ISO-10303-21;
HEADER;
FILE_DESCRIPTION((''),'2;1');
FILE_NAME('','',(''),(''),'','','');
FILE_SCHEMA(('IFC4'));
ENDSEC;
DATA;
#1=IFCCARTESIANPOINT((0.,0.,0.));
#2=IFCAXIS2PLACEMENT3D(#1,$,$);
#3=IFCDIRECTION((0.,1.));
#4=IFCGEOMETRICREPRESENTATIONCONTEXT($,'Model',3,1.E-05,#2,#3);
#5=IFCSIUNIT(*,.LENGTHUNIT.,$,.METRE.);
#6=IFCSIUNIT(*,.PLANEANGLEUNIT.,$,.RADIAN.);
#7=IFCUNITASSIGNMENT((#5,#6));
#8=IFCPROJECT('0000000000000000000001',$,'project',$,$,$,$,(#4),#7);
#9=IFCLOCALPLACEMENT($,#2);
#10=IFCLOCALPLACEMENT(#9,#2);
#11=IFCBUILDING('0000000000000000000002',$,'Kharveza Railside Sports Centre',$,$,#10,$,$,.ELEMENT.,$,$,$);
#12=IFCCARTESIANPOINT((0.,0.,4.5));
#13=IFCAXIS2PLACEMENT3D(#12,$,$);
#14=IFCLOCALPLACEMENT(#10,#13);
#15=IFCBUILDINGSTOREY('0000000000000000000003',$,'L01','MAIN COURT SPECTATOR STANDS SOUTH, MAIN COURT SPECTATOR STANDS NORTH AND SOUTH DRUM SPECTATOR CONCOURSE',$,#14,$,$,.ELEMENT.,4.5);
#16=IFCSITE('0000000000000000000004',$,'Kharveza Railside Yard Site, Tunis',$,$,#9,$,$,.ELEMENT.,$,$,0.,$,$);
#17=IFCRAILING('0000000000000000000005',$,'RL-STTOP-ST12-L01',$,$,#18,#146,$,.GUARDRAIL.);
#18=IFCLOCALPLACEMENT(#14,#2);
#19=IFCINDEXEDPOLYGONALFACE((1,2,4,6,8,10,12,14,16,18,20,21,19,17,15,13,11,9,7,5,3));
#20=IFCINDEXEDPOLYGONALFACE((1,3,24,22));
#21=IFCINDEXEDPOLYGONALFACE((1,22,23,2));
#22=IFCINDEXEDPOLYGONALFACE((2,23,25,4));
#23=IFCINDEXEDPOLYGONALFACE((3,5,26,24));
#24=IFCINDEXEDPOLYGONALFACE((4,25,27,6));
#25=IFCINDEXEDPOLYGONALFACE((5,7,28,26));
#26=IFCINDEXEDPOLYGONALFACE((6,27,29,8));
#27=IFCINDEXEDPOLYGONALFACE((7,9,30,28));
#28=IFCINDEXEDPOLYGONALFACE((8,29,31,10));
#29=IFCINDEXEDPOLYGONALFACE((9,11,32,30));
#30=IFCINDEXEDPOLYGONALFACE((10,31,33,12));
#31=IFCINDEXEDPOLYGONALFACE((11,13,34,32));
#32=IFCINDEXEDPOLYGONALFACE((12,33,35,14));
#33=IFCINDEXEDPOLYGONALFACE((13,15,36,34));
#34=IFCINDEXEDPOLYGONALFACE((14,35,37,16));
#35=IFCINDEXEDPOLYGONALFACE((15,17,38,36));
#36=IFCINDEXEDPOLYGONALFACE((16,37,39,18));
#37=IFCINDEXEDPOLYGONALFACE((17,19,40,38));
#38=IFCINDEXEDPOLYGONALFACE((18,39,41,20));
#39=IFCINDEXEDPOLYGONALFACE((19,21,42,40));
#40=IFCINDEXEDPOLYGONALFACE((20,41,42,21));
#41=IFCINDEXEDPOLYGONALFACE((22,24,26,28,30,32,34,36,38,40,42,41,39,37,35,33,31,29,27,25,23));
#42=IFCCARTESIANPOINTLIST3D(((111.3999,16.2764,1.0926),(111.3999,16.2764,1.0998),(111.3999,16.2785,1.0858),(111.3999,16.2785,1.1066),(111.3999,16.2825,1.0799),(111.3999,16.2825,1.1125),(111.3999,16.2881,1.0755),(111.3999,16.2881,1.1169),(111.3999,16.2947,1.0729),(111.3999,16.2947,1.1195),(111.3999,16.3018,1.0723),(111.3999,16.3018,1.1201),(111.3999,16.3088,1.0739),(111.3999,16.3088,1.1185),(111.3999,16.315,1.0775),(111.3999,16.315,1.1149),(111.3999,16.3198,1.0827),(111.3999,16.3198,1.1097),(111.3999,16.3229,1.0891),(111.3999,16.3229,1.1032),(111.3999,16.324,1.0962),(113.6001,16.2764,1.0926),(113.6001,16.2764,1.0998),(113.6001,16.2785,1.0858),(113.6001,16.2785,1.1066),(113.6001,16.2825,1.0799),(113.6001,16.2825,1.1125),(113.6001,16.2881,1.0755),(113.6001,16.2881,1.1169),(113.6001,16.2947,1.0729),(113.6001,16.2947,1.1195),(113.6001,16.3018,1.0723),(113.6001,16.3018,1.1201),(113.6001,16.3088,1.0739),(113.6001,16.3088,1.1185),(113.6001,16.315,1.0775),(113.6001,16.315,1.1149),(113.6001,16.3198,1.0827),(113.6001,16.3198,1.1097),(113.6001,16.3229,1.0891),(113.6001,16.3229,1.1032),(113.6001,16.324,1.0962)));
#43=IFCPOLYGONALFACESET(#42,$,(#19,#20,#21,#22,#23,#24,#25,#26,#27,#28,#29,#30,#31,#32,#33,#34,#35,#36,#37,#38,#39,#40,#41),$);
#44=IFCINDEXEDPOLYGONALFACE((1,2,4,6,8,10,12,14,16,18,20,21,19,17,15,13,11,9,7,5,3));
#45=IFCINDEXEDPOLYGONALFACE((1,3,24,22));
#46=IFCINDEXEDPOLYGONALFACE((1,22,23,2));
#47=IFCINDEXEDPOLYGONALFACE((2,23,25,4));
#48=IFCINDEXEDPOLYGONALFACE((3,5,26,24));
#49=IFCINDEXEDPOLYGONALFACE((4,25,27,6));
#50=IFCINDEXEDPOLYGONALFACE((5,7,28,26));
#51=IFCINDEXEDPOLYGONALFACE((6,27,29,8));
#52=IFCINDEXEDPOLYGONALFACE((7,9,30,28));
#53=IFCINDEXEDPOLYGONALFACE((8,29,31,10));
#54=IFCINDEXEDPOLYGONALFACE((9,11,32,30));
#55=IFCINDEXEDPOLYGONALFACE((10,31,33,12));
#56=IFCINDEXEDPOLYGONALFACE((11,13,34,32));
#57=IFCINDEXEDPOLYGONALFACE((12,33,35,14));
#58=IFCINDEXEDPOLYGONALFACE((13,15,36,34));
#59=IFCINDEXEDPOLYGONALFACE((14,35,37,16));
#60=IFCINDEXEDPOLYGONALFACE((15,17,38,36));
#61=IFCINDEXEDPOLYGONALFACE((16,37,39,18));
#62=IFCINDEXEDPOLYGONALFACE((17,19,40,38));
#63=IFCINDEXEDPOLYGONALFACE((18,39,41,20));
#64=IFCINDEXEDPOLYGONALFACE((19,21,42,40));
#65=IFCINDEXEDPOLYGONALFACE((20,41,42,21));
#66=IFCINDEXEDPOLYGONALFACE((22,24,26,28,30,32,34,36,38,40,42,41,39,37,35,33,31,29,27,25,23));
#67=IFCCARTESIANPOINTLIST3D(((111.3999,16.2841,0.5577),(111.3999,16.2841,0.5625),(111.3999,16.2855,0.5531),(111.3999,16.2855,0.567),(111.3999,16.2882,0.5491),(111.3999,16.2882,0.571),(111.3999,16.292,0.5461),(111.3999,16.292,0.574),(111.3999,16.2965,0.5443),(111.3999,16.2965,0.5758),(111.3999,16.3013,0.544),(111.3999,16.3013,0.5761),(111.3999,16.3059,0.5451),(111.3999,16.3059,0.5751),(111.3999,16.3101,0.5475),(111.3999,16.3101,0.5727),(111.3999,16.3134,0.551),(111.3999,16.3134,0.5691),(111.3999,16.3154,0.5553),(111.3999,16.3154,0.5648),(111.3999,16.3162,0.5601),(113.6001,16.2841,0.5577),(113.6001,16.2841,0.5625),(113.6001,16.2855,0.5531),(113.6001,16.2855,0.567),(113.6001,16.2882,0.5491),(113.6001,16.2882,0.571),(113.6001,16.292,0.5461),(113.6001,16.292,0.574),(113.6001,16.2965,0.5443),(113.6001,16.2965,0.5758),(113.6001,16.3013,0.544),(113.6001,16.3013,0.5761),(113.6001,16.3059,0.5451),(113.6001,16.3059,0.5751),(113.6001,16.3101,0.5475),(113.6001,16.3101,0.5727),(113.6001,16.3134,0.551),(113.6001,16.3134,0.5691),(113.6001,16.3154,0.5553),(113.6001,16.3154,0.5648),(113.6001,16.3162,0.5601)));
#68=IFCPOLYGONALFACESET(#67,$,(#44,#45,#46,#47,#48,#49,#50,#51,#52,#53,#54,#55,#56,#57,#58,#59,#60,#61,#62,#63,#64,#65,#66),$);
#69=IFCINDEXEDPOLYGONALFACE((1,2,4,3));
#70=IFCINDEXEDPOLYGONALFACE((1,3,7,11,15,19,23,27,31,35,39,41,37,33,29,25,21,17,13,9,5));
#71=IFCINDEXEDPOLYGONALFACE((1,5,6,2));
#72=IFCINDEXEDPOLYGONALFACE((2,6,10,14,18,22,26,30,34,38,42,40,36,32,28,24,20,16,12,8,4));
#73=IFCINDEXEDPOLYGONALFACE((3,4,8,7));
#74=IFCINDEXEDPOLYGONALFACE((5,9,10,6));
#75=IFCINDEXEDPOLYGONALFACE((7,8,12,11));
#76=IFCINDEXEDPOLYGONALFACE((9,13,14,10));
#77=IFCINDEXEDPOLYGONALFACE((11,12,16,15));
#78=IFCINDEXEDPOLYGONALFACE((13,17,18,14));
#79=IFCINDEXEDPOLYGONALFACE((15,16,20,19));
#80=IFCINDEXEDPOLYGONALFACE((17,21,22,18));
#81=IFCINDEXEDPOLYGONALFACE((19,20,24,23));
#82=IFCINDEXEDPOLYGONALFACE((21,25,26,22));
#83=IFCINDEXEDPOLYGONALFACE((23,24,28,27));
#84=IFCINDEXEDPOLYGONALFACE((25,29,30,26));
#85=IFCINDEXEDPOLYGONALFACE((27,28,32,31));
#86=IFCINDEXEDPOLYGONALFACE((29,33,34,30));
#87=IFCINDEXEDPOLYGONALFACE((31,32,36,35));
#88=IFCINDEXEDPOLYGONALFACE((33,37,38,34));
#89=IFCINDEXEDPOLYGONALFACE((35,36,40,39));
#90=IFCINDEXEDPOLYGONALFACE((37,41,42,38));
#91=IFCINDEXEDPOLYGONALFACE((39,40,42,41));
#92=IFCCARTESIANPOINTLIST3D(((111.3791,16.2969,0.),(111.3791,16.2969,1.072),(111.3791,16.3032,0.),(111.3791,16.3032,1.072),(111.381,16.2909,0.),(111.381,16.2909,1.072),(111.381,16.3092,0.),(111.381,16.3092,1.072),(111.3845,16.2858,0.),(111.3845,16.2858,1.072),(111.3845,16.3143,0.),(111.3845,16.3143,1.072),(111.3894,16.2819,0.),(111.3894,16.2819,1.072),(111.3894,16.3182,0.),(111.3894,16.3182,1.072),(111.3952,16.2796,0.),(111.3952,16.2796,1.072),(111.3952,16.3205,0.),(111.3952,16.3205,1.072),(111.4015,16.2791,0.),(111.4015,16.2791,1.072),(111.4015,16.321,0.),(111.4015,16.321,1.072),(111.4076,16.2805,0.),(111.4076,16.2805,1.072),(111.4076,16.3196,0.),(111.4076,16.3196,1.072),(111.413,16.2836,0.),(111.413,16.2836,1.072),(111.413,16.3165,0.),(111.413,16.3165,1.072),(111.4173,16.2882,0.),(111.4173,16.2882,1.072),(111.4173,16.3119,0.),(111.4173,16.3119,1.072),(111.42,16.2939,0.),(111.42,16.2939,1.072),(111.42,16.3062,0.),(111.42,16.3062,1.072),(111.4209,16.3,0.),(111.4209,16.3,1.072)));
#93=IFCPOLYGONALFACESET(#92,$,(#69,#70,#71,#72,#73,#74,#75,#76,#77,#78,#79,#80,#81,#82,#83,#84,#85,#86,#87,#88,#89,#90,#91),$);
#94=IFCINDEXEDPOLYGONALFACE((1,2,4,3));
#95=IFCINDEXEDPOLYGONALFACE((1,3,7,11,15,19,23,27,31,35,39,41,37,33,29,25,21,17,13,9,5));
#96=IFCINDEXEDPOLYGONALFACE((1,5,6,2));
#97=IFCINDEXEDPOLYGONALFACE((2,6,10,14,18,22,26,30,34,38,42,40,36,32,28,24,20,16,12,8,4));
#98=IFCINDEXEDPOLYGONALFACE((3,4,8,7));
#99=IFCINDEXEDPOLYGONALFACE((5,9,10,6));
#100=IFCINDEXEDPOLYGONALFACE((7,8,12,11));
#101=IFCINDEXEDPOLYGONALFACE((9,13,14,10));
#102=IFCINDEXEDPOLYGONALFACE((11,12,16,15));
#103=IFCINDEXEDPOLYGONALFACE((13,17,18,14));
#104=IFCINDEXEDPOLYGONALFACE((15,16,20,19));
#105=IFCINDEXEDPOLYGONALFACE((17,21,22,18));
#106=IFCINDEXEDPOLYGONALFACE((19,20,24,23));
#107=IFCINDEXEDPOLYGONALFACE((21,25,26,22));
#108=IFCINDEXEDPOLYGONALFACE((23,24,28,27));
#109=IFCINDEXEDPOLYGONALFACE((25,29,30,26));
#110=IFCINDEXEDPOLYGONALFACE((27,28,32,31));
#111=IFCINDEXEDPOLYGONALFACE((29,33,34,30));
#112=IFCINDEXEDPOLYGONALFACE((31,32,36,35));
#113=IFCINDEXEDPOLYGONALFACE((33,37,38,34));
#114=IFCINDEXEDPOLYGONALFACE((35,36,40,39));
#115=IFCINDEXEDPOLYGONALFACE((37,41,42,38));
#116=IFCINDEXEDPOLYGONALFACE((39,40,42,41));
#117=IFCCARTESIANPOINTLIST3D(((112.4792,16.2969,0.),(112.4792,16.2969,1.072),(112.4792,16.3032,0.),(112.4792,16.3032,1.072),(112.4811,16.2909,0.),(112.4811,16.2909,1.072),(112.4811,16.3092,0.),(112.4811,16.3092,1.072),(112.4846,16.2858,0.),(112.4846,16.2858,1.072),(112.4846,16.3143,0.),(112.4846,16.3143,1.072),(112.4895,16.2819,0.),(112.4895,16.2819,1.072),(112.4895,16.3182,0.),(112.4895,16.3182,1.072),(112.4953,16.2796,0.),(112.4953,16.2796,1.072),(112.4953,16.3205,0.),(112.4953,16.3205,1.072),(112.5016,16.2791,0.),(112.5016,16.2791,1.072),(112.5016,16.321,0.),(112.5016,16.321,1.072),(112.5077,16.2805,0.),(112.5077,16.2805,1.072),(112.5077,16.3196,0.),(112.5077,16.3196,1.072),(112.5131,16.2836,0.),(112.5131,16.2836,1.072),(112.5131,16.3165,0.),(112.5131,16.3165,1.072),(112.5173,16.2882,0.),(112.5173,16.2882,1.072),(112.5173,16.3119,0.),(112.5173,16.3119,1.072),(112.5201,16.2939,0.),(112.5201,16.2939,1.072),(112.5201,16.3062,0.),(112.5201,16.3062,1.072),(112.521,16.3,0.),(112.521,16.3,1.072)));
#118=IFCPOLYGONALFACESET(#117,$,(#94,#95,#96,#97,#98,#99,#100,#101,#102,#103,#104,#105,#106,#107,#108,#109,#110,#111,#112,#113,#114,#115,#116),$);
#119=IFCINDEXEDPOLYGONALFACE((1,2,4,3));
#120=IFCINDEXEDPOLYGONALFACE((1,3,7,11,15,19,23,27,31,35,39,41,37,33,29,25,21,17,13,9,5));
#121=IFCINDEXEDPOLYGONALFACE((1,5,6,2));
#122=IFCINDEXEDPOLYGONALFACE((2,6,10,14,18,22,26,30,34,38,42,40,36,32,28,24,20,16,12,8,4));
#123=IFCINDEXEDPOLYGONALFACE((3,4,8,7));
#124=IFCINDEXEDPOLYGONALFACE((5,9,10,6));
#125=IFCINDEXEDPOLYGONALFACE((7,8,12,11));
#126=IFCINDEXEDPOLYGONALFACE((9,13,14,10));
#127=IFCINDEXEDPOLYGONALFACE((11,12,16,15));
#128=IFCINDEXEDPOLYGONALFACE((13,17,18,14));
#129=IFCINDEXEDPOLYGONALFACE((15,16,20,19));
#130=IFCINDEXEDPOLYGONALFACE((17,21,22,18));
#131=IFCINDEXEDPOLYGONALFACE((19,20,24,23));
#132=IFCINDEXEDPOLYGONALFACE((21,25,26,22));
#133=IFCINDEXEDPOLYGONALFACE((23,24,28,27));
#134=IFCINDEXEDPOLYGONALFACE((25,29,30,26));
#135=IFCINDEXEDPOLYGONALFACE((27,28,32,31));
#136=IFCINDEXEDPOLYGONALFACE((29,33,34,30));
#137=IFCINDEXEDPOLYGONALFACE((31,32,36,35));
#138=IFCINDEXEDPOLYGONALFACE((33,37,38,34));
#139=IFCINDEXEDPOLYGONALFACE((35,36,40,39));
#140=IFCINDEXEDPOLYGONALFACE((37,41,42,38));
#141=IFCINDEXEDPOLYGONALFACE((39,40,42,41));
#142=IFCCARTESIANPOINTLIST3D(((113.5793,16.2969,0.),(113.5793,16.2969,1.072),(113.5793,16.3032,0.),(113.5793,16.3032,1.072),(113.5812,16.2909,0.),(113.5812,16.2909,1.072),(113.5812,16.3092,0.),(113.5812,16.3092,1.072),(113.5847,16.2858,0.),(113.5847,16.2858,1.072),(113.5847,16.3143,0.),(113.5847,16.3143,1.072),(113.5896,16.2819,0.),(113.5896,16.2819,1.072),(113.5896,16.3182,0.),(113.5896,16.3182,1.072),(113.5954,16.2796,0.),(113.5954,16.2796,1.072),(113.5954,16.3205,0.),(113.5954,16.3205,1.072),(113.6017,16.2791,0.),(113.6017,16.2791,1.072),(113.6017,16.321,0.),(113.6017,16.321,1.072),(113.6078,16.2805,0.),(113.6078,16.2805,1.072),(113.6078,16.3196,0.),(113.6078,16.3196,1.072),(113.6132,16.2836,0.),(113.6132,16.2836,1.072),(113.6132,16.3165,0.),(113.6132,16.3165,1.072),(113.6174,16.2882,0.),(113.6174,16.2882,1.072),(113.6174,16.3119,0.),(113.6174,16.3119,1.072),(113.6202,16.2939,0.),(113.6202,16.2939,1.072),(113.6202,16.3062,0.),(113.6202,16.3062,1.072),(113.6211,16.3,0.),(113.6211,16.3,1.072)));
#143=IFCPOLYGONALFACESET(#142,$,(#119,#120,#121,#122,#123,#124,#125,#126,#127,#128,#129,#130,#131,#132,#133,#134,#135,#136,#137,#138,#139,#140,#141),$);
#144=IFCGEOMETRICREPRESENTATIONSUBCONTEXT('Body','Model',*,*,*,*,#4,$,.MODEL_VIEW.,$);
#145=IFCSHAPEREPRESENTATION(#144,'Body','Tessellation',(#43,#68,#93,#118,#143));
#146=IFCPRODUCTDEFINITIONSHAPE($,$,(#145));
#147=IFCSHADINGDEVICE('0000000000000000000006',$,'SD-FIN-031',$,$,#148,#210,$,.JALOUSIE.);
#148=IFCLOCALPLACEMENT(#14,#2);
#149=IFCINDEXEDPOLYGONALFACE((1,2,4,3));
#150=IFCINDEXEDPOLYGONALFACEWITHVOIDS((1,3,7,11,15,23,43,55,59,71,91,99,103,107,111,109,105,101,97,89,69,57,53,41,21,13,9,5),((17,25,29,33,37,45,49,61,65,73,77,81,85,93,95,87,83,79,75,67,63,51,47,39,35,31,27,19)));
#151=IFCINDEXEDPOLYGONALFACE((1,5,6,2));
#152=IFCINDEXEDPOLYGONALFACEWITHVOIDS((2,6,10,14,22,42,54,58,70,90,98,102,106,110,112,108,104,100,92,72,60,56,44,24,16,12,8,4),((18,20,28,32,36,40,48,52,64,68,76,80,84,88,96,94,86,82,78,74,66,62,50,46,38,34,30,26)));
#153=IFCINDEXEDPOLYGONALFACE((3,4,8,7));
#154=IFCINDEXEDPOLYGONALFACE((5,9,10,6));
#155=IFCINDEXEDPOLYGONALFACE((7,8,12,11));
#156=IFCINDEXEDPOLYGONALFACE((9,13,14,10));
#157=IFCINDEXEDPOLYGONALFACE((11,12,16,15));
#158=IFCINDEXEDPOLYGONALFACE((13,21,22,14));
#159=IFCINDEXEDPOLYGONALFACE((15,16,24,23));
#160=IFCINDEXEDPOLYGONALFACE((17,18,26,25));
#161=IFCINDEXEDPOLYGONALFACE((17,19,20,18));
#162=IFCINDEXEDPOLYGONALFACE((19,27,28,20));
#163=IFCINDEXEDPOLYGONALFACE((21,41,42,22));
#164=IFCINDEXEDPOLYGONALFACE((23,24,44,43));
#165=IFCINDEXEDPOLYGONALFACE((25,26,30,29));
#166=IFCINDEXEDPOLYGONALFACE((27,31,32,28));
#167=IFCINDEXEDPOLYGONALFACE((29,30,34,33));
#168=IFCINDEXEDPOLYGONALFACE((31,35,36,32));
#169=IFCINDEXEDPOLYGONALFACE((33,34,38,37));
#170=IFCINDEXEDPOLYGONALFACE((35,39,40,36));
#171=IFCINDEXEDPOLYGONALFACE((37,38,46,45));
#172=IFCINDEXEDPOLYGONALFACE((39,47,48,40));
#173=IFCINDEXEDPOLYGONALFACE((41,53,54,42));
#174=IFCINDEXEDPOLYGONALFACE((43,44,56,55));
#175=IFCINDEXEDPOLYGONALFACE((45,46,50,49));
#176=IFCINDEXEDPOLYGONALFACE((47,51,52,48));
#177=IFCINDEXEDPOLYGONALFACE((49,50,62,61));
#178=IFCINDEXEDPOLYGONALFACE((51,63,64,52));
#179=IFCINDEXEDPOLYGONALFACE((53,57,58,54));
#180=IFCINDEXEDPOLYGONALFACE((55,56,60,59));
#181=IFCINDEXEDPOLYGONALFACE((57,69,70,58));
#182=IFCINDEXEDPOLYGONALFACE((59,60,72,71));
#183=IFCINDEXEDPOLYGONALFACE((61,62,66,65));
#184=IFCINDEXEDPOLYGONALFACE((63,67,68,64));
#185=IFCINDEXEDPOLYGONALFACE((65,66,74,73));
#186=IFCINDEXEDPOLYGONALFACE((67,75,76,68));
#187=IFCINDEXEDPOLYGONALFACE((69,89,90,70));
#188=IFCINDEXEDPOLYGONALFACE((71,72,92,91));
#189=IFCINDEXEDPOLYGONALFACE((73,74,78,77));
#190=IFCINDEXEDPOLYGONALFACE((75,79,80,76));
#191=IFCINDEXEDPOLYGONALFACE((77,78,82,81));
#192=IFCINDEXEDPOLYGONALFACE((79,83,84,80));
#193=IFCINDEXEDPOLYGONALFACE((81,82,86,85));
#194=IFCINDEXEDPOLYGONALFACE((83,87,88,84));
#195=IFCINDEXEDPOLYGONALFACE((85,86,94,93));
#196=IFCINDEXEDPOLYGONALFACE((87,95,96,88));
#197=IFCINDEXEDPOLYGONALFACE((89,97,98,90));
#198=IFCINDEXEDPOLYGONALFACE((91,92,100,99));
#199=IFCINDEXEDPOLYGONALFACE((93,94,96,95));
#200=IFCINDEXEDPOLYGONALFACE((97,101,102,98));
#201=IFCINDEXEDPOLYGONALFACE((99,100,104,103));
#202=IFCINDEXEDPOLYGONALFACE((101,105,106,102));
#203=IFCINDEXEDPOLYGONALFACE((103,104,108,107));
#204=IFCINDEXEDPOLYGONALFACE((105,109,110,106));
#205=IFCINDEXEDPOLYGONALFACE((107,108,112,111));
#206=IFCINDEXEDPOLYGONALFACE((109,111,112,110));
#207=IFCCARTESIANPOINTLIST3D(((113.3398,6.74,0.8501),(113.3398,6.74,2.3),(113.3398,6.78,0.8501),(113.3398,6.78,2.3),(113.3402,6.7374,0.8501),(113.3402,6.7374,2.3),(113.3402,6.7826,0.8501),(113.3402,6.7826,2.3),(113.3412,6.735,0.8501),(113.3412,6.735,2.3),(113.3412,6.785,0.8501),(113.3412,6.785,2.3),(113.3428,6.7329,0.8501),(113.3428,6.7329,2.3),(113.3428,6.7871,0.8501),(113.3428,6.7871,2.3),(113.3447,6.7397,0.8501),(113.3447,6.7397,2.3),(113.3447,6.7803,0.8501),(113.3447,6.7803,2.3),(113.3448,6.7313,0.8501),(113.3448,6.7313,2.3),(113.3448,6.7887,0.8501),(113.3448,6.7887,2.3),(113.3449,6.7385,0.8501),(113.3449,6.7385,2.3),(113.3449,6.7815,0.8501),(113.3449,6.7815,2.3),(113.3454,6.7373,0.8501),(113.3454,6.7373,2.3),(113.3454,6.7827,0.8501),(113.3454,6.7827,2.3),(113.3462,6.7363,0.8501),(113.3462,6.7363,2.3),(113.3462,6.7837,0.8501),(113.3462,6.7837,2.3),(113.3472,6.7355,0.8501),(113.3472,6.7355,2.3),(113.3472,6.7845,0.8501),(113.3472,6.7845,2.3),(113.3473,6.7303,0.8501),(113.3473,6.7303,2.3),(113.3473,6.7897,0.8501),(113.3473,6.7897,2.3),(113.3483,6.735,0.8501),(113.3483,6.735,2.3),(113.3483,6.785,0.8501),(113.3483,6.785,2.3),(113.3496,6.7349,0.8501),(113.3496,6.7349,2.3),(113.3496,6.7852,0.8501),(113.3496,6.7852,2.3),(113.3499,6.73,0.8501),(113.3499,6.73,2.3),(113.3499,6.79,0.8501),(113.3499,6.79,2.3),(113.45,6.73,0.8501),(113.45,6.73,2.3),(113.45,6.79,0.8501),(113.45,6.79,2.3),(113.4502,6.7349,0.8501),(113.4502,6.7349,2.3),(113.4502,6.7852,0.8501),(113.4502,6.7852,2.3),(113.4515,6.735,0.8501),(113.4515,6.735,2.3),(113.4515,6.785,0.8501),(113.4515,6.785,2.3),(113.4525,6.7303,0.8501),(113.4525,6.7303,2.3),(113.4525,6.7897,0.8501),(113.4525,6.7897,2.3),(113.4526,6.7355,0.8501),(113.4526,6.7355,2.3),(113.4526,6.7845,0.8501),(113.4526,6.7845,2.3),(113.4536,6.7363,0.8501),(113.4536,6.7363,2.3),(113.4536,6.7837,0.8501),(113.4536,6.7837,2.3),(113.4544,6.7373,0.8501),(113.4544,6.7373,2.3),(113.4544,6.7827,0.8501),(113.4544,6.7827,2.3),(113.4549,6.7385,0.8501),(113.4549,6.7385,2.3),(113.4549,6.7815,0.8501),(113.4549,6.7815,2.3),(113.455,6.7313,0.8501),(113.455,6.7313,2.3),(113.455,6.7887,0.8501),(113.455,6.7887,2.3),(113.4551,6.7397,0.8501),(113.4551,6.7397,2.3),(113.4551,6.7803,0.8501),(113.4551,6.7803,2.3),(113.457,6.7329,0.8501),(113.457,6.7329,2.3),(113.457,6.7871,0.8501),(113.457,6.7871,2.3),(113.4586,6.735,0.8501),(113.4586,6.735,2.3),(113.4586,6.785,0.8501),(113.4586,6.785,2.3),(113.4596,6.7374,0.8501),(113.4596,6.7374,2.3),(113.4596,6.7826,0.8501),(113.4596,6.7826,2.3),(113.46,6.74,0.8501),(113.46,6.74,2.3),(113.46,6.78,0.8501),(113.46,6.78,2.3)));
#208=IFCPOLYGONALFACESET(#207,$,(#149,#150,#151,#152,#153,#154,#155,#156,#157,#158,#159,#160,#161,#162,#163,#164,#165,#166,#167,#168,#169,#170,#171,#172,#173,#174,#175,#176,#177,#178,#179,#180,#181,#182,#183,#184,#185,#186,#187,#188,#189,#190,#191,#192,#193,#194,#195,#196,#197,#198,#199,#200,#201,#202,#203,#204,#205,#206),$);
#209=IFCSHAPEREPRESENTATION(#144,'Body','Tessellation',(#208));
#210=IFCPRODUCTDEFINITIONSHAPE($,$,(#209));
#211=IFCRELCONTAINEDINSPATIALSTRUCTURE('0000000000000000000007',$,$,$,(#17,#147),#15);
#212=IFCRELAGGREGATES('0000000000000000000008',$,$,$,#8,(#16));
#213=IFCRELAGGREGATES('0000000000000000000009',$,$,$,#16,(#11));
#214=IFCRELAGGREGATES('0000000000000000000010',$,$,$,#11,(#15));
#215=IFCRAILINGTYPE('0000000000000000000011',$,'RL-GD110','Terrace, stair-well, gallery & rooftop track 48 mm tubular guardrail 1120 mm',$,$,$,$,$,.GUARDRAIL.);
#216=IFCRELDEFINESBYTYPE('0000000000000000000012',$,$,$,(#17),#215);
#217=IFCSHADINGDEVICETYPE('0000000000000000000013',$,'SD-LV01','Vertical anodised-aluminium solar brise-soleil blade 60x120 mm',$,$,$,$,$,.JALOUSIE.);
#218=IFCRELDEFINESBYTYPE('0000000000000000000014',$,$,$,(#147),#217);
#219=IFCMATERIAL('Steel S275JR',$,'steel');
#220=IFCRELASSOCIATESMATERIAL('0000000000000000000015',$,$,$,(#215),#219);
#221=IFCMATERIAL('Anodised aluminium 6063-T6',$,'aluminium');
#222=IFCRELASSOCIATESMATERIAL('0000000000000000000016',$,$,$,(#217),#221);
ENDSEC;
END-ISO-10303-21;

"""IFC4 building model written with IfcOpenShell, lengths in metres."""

from ifc_helpers import new_model, si_unit, direction, frame, origin, origin_2d, place, context, subcontext, project, spatial, hollow_rectangle, circle, extrude, material, material_profile, profile_set, type_object, element, save


model = new_model("IFC4")

# Units and contexts
model_context = context("Model", 3, precision=1e-05, world=origin(), true_north=direction((0.0, 1.0)))
body_context = subcontext(model_context, "Body", "Model", "MODEL_VIEW")
ifc_project = project(units=[si_unit("LENGTHUNIT", "METRE"), si_unit("PLANEANGLEUNIT", "RADIAN")], contexts=[model_context])

# Site, building, storey
site_placement = place(None, origin())
site = spatial("IfcSite", under=ifc_project, at=site_placement, Name="Kharveza Railside Yard Site, Tunis", CompositionType="ELEMENT", RefElevation=0.0)
building_placement = place(site_placement, origin())
building = spatial("IfcBuilding", under=site, at=building_placement, Name="Kharveza Railside Sports Centre", CompositionType="ELEMENT")
storey_placement = place(building_placement, frame((0.0, 0.0, 4.5)))
storey = spatial("IfcBuildingStorey", under=building, at=storey_placement, Name="L01", Description="MAIN COURT SPECTATOR STANDS SOUTH, MAIN COURT SPECTATOR STANDS NORTH AND SOUTH DRUM SPECTATOR CONCOURSE", CompositionType="ELEMENT", Elevation=4.5)

# Shared definitions
ifc_material_1 = material(Name="Anodised aluminium 6063-T6", Category="aluminium")

# Railing
ifc_material_2 = material(Name="Steel S275JR", Category="steel")
railing_type = type_object("IfcRailingType", Name="RL-GD110", Description="Terrace, stair-well, gallery & rooftop track 48 mm tubular guardrail 1120 mm", PredefinedType="GUARDRAIL", material=ifc_material_2)
railing_placement = place(storey_placement, frame((111.3999, 16.3, 0.0)))
element("IfcRailing", 1, at=railing_placement, inside=storey, type_object=railing_type, Name="RL-STTOP-ST12-L01", PredefinedType="GUARDRAIL", context=body_context, shape_type="SweptSolid", body=[
    extrude(circle(Radius=0.0239, at=origin_2d()), frame((0.0, 0.0, 1.0962), z_axis=(1.0, 0.0, 0.0), x_axis=(0.0, 1.0, 0.0)), (0.0, 0.0, 1.0), 2.2002),
    extrude(circle(Radius=0.0161, at=origin_2d()), frame((0.0, 0.0, 0.5601), z_axis=(1.0, 0.0, 0.0), x_axis=(0.0, 1.0, 0.0)), (0.0, 0.0, 1.0), 2.2002),
    extrude(circle(Radius=0.021, at=origin_2d()), origin(), (0.0, 0.0, 1.0), 1.072),
    extrude(circle(Radius=0.021, at=origin_2d()), frame((1.1001, 0.0, 0.0)), (0.0, 0.0, 1.0), 1.072),
    extrude(circle(Radius=0.021, at=origin_2d()), frame((2.2002, 0.0, 0.0)), (0.0, 0.0, 1.0), 1.072),
])

# Shading device
ifc_material_profile_1 = material_profile(ifc_material_1, hollow_rectangle(XDim=0.0601, YDim=0.1201, WallThickness=0.0049, InnerFilletRadius=0.0049, OuterFilletRadius=0.01, at=origin_2d()), Name="RHS 60x120x5.0")
ifc_profile_set_1 = profile_set([ifc_material_profile_1], Name="Anodised aluminium 6063-T6")
shading_device_type = type_object("IfcShadingDeviceType", Name="SD-LV01", Description="Vertical anodised-aluminium solar brise-soleil blade 60x120 mm", PredefinedType="JALOUSIE", material=ifc_profile_set_1)
shading_device_placement = place(storey_placement, frame((113.3999, 6.76, 0.8501), z_axis=(0.0, 0.0, 1.0), x_axis=(0.0, -1.0, 0.0)))
element("IfcShadingDevice", 2, at=shading_device_placement, inside=storey, type_object=shading_device_type, Name="SD-FIN-031", PredefinedType="JALOUSIE", context=body_context, shape_type="SweptSolid", body=[
    extrude(hollow_rectangle(XDim=0.0601, YDim=0.1201, WallThickness=0.0049, InnerFilletRadius=0.0049, OuterFilletRadius=0.01, at=origin_2d()), origin(), (0.0, 0.0, 1.0), 1.45),
])

save(model, "model.ifc")
